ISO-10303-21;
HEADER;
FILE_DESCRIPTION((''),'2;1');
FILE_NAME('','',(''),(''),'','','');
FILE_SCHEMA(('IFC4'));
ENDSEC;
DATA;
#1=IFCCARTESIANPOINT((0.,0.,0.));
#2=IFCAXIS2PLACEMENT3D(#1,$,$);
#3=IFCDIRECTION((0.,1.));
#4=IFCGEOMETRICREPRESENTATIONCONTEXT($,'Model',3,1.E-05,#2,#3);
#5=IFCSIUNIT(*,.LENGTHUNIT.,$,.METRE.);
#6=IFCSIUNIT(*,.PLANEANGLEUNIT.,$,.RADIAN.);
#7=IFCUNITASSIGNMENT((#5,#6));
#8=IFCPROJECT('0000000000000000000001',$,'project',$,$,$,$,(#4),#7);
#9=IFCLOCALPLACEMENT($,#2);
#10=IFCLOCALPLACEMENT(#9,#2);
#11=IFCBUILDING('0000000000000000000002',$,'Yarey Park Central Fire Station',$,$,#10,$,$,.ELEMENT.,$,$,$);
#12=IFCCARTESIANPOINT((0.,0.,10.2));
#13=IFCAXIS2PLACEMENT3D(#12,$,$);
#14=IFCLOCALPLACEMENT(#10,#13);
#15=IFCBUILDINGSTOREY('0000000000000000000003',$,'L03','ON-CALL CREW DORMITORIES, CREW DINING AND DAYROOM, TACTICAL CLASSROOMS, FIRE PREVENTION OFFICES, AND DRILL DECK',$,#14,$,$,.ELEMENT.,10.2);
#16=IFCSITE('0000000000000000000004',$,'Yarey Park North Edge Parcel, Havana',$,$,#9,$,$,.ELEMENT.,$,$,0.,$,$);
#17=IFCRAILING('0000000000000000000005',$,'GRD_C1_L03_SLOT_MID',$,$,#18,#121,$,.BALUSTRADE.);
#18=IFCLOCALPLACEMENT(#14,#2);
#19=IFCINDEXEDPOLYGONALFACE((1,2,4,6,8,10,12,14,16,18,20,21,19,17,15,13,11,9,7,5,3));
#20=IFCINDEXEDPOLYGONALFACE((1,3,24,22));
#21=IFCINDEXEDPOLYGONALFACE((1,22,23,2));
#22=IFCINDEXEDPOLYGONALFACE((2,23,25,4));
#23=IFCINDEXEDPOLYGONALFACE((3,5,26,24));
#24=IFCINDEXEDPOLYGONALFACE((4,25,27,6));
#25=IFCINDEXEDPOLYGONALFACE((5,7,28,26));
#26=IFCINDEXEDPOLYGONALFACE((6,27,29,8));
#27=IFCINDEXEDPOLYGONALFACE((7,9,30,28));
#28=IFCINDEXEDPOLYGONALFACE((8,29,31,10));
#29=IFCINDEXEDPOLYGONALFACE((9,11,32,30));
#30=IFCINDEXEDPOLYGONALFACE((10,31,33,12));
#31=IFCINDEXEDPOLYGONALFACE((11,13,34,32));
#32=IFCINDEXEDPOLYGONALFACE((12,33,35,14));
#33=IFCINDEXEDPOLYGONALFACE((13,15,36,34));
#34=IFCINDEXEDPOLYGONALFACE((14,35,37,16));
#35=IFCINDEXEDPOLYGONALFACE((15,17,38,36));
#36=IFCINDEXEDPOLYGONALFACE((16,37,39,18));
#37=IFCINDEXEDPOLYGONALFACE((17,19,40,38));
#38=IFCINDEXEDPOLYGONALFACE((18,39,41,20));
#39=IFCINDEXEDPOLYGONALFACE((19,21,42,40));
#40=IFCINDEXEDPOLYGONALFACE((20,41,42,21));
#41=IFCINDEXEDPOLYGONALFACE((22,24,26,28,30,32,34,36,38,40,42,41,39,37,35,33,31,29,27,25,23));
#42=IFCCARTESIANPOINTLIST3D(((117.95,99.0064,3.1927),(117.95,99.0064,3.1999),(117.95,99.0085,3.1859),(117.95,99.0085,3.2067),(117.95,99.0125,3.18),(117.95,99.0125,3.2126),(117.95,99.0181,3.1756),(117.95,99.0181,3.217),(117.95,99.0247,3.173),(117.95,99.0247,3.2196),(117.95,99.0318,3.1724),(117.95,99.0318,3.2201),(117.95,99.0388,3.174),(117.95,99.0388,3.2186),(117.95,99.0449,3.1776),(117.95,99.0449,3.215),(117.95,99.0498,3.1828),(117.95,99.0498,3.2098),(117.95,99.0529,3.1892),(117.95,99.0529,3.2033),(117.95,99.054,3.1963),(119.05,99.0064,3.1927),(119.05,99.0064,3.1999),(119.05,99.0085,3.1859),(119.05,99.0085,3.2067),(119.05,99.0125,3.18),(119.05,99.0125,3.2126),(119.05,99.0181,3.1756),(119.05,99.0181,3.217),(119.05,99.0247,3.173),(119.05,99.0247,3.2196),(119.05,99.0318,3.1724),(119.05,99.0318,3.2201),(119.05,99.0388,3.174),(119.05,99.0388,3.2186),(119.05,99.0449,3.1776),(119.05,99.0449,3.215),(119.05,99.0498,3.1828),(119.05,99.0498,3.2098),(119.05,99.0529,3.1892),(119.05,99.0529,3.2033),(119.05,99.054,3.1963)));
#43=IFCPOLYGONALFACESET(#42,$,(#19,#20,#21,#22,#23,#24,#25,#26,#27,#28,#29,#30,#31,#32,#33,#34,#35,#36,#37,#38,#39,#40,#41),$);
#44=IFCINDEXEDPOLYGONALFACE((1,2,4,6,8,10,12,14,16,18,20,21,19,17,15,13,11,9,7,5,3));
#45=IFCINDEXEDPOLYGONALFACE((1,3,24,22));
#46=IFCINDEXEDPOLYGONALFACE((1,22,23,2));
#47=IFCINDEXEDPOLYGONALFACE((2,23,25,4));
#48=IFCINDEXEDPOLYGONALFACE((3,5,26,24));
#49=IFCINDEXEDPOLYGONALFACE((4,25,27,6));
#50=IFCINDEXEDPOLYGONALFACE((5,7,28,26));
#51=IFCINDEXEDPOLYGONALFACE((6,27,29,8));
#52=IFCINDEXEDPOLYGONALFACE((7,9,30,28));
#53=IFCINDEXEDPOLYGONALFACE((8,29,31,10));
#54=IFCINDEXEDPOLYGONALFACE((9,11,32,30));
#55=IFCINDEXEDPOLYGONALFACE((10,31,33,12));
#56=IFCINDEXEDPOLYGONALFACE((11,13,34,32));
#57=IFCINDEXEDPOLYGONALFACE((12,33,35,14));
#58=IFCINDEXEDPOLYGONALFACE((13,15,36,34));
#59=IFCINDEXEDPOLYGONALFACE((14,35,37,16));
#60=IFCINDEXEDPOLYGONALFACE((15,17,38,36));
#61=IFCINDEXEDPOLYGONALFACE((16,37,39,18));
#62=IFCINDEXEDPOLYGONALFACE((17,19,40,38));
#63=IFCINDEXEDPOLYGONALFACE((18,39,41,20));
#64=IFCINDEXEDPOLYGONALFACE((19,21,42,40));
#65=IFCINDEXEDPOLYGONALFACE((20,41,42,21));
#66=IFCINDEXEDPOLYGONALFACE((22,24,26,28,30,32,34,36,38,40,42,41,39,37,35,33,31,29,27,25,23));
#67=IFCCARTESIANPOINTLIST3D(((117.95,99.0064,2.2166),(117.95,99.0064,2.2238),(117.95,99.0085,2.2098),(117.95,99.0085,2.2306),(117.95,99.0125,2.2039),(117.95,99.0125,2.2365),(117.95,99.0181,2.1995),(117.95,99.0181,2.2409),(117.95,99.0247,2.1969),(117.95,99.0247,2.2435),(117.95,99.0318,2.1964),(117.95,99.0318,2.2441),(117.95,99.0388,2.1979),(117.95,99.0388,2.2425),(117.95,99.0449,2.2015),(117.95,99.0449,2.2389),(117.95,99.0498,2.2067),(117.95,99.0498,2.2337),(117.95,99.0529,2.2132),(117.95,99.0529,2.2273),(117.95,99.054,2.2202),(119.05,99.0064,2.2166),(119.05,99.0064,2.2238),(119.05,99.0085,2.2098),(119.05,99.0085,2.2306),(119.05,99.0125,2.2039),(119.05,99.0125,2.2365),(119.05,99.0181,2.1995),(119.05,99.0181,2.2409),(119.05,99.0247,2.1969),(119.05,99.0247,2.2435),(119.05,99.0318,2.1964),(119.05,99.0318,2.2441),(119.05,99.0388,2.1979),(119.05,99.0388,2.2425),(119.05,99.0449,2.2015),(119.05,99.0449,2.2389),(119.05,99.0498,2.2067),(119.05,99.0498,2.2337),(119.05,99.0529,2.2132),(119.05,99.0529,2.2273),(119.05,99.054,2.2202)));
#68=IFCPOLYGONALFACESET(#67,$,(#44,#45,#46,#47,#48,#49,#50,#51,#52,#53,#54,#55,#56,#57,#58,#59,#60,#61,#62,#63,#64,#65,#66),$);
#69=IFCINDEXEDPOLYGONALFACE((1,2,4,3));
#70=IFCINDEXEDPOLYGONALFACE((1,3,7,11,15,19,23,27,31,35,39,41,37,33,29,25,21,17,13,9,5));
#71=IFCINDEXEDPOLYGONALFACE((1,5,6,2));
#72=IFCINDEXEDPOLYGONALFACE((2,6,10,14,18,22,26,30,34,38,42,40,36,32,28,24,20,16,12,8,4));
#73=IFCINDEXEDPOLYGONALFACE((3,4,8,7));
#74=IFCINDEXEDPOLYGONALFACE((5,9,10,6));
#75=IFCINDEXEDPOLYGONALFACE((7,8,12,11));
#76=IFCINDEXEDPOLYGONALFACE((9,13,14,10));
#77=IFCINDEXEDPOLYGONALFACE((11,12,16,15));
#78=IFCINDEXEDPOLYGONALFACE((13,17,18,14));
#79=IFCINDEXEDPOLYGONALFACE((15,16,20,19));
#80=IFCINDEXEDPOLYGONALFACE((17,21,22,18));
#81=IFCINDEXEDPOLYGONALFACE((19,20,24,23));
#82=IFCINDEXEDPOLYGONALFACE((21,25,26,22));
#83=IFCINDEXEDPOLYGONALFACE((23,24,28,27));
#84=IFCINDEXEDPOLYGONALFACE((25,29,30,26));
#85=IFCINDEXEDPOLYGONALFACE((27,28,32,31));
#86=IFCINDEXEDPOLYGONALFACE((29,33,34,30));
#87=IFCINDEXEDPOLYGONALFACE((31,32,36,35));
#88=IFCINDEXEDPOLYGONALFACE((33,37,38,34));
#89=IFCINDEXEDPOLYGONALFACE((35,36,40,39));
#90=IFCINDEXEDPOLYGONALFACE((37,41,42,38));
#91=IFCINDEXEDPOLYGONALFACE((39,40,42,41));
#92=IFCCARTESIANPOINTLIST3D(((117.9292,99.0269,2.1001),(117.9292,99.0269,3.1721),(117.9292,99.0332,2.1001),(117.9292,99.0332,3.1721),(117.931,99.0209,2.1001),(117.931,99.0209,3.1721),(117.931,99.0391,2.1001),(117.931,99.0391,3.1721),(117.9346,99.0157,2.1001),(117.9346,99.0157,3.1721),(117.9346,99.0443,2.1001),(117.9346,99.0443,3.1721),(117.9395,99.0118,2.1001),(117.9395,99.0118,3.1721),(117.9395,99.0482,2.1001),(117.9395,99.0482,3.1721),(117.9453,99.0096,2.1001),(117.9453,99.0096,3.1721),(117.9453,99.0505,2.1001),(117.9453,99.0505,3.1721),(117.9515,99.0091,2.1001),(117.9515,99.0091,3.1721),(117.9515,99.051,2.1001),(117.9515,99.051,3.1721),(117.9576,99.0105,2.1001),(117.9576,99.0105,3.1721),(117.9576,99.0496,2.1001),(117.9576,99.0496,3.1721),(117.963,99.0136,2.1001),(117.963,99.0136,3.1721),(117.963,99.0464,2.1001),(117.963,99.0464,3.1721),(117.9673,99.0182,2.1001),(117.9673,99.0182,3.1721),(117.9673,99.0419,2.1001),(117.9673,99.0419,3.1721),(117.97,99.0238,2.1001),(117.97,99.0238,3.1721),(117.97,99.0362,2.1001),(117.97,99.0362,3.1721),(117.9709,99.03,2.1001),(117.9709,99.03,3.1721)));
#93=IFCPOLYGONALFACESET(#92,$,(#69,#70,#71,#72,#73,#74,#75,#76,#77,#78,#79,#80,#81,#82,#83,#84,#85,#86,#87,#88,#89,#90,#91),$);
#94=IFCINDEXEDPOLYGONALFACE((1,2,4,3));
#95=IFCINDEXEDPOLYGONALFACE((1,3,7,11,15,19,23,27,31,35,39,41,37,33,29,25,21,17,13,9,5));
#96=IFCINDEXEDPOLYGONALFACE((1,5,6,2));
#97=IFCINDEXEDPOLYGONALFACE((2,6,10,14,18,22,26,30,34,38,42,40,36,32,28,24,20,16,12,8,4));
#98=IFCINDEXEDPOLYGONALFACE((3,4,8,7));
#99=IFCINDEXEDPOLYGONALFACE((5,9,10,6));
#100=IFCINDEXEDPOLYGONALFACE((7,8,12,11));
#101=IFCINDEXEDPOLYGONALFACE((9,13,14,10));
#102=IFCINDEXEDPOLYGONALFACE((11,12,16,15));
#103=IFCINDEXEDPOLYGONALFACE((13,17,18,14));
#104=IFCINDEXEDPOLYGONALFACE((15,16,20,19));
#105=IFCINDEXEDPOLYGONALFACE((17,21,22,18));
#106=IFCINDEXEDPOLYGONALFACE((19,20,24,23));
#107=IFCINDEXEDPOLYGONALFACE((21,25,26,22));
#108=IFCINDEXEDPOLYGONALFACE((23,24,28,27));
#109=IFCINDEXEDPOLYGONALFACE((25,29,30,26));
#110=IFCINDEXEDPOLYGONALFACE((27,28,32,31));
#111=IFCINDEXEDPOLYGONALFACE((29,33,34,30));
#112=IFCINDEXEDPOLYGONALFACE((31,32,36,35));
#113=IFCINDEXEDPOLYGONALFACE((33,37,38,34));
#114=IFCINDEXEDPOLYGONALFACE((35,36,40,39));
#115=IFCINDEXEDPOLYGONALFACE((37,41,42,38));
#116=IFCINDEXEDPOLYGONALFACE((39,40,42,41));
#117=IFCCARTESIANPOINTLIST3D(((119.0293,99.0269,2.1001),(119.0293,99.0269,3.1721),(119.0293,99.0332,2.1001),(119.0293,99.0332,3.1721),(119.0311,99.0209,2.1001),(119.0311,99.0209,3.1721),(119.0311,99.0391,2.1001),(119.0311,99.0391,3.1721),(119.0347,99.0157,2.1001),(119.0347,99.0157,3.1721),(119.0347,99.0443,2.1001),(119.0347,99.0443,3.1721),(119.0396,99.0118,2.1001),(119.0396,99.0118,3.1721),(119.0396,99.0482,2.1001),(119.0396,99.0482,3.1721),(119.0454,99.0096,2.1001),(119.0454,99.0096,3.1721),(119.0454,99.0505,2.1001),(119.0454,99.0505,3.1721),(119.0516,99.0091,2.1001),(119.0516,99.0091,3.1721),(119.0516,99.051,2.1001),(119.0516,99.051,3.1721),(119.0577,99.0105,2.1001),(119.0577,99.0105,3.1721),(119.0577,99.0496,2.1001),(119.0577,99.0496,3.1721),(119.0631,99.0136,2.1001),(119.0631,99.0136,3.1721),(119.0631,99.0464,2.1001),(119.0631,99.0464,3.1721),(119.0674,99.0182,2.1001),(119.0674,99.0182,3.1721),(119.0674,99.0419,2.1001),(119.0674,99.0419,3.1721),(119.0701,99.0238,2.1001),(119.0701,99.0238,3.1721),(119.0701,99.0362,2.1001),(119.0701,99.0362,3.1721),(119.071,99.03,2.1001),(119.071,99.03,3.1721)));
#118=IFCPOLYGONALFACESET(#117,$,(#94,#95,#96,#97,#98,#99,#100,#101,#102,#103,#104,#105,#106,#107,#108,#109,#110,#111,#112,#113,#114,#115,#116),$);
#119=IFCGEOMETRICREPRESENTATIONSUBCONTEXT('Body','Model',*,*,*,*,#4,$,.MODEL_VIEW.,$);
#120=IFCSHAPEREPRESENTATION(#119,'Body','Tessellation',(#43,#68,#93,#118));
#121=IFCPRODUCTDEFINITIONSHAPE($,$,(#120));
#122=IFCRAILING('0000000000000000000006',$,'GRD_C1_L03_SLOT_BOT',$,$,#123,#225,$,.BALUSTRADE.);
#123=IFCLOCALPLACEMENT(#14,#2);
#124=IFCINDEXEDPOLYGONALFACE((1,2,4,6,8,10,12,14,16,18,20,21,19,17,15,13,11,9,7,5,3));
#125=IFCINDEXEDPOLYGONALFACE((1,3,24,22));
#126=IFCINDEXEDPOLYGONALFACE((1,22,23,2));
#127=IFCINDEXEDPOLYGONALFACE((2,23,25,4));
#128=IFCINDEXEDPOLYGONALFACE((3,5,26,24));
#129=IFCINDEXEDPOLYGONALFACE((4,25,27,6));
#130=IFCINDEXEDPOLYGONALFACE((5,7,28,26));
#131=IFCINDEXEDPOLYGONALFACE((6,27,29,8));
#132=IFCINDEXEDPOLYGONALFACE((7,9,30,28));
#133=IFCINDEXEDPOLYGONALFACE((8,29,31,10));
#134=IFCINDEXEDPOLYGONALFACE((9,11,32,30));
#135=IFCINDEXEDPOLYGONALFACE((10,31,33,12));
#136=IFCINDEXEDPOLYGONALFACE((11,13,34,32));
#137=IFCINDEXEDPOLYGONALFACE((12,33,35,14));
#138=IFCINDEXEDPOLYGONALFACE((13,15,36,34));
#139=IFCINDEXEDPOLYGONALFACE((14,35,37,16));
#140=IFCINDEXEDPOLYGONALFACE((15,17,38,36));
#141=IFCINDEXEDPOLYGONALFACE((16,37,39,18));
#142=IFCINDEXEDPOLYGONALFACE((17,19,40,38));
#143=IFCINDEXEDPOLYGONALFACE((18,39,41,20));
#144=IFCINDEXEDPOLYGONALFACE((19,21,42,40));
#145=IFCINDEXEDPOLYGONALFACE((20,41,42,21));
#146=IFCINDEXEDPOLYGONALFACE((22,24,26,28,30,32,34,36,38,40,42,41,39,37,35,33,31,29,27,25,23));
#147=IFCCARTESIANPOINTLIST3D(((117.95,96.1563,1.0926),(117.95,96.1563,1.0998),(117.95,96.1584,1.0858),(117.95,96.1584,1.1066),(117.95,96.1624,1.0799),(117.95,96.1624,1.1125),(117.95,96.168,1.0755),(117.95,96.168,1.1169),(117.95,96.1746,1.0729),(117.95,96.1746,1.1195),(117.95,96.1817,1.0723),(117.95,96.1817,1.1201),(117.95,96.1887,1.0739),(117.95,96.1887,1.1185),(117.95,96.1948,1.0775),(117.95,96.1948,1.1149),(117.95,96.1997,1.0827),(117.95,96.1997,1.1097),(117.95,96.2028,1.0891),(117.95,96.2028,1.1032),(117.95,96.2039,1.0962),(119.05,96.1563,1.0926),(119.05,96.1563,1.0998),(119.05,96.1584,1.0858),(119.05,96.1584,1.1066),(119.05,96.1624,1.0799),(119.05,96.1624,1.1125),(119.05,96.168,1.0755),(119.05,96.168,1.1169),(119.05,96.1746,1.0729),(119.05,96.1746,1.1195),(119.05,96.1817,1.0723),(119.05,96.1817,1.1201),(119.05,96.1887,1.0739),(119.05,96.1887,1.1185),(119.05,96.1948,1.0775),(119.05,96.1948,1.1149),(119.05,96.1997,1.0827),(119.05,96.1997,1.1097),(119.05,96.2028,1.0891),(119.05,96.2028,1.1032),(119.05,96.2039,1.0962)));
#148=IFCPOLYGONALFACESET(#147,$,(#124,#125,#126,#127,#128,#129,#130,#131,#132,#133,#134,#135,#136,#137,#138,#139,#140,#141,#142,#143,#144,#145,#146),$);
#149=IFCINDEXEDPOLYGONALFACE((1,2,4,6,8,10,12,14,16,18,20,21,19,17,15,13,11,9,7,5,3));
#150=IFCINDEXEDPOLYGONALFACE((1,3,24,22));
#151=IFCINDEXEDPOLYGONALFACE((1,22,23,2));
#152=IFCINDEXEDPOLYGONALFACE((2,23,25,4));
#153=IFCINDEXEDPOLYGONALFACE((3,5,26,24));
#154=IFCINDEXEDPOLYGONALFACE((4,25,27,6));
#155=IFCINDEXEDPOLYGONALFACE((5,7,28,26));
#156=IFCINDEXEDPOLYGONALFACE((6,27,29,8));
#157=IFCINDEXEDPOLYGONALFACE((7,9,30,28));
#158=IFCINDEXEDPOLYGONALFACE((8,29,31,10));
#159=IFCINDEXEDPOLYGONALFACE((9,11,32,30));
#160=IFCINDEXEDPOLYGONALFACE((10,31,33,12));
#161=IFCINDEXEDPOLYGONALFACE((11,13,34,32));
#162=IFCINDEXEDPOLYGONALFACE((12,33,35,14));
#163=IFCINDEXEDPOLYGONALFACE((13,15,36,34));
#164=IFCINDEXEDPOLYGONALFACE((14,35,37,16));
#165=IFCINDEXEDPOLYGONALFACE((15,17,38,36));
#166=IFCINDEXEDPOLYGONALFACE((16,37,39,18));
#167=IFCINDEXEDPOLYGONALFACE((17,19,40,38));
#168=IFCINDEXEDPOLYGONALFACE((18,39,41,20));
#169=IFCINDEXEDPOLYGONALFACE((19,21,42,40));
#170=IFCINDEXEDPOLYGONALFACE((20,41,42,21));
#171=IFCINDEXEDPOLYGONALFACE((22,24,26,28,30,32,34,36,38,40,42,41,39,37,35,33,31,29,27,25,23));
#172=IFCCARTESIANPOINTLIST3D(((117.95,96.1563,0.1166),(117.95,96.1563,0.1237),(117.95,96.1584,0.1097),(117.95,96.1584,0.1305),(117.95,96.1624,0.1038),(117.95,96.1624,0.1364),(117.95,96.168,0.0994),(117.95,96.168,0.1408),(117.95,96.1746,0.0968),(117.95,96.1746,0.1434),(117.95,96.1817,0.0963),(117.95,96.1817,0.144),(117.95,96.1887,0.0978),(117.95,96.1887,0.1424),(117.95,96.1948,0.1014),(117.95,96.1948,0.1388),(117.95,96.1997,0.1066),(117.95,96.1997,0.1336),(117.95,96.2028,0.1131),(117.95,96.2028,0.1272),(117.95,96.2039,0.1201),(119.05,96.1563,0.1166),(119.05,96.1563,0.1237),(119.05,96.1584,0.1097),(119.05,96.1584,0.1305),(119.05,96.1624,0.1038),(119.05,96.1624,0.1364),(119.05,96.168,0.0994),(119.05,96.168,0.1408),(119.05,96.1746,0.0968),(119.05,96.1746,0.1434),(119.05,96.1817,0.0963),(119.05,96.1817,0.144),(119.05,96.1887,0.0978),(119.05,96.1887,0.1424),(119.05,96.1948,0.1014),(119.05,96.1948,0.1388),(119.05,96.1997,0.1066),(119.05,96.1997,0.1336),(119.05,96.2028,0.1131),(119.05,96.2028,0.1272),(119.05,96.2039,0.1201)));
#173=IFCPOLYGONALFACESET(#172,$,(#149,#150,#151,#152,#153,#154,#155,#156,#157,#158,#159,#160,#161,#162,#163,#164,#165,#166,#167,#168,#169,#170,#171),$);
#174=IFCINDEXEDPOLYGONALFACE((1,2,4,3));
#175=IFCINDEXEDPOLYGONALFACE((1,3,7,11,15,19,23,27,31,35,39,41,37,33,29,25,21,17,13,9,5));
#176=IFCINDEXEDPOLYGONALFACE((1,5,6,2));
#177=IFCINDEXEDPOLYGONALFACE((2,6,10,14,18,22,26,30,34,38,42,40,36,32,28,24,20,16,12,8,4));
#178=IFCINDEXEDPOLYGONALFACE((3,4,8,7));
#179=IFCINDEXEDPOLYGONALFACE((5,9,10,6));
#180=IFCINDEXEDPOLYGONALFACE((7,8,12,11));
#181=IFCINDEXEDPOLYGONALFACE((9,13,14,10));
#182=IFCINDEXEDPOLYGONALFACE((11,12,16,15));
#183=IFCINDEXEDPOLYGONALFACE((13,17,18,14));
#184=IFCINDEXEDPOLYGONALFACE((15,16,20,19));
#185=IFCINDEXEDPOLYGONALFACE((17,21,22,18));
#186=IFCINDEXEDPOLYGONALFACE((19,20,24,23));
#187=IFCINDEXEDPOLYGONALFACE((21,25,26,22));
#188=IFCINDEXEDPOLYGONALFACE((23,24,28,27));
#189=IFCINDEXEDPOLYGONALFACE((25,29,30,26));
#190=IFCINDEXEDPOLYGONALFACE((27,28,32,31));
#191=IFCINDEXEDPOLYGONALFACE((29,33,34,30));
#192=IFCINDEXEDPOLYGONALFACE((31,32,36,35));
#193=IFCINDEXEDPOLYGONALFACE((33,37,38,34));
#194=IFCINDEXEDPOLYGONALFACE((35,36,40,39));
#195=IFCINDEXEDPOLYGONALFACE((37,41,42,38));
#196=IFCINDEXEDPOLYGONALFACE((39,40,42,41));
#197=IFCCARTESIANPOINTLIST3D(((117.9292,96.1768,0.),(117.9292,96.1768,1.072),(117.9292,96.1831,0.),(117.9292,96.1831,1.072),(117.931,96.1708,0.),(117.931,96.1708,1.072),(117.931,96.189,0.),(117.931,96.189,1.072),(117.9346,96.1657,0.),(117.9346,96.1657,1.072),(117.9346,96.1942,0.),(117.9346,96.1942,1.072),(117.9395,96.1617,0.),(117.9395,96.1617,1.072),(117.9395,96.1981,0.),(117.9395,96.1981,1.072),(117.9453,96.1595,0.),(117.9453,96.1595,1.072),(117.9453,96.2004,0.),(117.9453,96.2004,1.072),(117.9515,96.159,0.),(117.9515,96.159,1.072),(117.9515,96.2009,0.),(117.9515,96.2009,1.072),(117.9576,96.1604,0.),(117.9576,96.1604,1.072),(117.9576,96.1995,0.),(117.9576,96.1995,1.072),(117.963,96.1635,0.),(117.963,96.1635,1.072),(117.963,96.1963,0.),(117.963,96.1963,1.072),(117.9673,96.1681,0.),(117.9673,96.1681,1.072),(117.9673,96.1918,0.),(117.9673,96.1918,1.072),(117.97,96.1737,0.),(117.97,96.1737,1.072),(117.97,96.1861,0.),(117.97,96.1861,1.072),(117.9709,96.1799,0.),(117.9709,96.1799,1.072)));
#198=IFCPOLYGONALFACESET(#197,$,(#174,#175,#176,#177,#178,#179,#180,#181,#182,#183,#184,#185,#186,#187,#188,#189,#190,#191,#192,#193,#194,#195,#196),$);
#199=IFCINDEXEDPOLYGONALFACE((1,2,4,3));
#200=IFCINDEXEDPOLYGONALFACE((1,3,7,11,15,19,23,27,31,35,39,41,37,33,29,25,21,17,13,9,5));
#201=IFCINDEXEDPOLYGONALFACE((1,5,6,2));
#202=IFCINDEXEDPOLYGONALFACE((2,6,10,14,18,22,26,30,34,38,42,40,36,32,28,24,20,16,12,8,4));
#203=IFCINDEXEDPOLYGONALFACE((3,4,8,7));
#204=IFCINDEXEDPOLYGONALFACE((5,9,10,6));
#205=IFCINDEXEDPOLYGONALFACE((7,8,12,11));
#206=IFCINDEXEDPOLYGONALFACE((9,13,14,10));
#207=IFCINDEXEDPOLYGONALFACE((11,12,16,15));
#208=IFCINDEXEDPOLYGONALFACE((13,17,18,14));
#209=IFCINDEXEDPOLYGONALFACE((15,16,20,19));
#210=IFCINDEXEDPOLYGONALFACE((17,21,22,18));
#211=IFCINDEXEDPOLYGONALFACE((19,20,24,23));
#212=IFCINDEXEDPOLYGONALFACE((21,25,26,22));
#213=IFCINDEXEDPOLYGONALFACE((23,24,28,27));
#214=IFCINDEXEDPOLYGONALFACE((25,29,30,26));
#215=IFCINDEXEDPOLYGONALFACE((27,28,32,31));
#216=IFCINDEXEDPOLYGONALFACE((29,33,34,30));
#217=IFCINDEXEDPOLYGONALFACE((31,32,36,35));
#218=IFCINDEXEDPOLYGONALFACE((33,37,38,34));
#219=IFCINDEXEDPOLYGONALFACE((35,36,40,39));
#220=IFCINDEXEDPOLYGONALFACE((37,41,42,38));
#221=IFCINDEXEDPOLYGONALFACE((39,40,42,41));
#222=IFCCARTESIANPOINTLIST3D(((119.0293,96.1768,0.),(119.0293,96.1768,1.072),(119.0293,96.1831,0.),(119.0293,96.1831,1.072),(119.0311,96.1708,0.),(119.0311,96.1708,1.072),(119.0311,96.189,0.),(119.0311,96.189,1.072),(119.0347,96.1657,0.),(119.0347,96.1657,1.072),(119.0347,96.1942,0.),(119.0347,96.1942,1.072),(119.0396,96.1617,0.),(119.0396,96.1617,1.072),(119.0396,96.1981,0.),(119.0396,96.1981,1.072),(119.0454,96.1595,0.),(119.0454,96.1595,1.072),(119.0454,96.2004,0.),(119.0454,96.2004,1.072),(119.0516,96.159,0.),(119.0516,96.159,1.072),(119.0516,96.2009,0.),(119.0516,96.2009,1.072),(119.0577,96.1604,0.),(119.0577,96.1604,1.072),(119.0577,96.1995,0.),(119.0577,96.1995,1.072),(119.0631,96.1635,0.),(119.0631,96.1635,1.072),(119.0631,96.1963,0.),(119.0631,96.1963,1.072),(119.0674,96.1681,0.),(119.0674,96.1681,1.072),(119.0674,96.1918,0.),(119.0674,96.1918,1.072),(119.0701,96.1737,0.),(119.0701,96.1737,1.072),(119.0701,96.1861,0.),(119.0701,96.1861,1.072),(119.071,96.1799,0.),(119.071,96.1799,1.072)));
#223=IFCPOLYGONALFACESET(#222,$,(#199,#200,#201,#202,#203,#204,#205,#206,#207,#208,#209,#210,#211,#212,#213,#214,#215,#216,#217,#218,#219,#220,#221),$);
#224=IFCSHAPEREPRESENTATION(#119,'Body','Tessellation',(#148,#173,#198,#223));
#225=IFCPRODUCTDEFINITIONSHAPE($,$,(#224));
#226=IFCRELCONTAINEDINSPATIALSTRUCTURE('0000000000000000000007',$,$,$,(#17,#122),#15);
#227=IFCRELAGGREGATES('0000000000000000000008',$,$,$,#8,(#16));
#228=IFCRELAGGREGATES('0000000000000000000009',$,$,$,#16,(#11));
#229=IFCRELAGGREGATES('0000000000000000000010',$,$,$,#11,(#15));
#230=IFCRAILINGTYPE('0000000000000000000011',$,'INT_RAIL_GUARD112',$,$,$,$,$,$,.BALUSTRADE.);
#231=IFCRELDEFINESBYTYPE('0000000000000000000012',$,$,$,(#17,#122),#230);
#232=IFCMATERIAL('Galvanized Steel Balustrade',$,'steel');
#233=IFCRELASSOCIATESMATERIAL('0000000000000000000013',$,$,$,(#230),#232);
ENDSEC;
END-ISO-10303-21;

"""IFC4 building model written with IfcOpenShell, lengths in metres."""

from ifc_helpers import new_model, si_unit, direction, frame, origin, origin_2d, place, context, subcontext, project, spatial, circle, extrude, material, type_object, element, save


model = new_model("IFC4")

# Units and contexts
model_context = context("Model", 3, precision=1e-05, world=origin(), true_north=direction((0.0, 1.0)))
body_context = subcontext(model_context, "Body", "Model", "MODEL_VIEW")
ifc_project = project(units=[si_unit("LENGTHUNIT", "METRE"), si_unit("PLANEANGLEUNIT", "RADIAN")], contexts=[model_context])

# Site, building, storey
site_placement = place(None, origin())
site = spatial("IfcSite", under=ifc_project, at=site_placement, Name="Yarey Park North Edge Parcel, Havana", CompositionType="ELEMENT", RefElevation=0.0)
building_placement = place(site_placement, origin())
building = spatial("IfcBuilding", under=site, at=building_placement, Name="Yarey Park Central Fire Station", CompositionType="ELEMENT")
storey_placement = place(building_placement, frame((0.0, 0.0, 10.2)))
storey = spatial("IfcBuildingStorey", under=building, at=storey_placement, Name="L03", Description="ON-CALL CREW DORMITORIES, CREW DINING AND DAYROOM, TACTICAL CLASSROOMS, FIRE PREVENTION OFFICES, AND DRILL DECK", CompositionType="ELEMENT", Elevation=10.2)

# Railings
ifc_material_1 = material(Name="Galvanized Steel Balustrade", Category="steel")
railing_type_1 = type_object("IfcRailingType", Name="INT_RAIL_GUARD112", PredefinedType="BALUSTRADE", material=ifc_material_1)
for number, where, name in (
    (1, (117.95, 99.03, 2.1001), "GRD_C1_L03_SLOT_MID"),
    (2, (117.95, 96.1799, 0.0), "GRD_C1_L03_SLOT_BOT"),
):
    element("IfcRailing", number, at=place(storey_placement, frame(where)), inside=storey, type_object=railing_type_1, Name=name, PredefinedType="BALUSTRADE", context=body_context, shape_type="SweptSolid", body=[
        extrude(circle(Radius=0.0239, at=origin_2d()), frame((0.0, 0.0, 1.0962), z_axis=(1.0, 0.0, 0.0), x_axis=(0.0, 1.0, 0.0)), (0.0, 0.0, 1.0), 1.1001),
        extrude(circle(Radius=0.0239, at=origin_2d()), frame((0.0, 0.0, 0.1201), z_axis=(1.0, 0.0, 0.0), x_axis=(0.0, 1.0, 0.0)), (0.0, 0.0, 1.0), 1.1001),
        extrude(circle(Radius=0.021, at=origin_2d()), origin(), (0.0, 0.0, 1.0), 1.072),
        extrude(circle(Radius=0.021, at=origin_2d()), frame((1.1001, 0.0, 0.0)), (0.0, 0.0, 1.0), 1.072),
    ])

save(model, "model.ifc")
